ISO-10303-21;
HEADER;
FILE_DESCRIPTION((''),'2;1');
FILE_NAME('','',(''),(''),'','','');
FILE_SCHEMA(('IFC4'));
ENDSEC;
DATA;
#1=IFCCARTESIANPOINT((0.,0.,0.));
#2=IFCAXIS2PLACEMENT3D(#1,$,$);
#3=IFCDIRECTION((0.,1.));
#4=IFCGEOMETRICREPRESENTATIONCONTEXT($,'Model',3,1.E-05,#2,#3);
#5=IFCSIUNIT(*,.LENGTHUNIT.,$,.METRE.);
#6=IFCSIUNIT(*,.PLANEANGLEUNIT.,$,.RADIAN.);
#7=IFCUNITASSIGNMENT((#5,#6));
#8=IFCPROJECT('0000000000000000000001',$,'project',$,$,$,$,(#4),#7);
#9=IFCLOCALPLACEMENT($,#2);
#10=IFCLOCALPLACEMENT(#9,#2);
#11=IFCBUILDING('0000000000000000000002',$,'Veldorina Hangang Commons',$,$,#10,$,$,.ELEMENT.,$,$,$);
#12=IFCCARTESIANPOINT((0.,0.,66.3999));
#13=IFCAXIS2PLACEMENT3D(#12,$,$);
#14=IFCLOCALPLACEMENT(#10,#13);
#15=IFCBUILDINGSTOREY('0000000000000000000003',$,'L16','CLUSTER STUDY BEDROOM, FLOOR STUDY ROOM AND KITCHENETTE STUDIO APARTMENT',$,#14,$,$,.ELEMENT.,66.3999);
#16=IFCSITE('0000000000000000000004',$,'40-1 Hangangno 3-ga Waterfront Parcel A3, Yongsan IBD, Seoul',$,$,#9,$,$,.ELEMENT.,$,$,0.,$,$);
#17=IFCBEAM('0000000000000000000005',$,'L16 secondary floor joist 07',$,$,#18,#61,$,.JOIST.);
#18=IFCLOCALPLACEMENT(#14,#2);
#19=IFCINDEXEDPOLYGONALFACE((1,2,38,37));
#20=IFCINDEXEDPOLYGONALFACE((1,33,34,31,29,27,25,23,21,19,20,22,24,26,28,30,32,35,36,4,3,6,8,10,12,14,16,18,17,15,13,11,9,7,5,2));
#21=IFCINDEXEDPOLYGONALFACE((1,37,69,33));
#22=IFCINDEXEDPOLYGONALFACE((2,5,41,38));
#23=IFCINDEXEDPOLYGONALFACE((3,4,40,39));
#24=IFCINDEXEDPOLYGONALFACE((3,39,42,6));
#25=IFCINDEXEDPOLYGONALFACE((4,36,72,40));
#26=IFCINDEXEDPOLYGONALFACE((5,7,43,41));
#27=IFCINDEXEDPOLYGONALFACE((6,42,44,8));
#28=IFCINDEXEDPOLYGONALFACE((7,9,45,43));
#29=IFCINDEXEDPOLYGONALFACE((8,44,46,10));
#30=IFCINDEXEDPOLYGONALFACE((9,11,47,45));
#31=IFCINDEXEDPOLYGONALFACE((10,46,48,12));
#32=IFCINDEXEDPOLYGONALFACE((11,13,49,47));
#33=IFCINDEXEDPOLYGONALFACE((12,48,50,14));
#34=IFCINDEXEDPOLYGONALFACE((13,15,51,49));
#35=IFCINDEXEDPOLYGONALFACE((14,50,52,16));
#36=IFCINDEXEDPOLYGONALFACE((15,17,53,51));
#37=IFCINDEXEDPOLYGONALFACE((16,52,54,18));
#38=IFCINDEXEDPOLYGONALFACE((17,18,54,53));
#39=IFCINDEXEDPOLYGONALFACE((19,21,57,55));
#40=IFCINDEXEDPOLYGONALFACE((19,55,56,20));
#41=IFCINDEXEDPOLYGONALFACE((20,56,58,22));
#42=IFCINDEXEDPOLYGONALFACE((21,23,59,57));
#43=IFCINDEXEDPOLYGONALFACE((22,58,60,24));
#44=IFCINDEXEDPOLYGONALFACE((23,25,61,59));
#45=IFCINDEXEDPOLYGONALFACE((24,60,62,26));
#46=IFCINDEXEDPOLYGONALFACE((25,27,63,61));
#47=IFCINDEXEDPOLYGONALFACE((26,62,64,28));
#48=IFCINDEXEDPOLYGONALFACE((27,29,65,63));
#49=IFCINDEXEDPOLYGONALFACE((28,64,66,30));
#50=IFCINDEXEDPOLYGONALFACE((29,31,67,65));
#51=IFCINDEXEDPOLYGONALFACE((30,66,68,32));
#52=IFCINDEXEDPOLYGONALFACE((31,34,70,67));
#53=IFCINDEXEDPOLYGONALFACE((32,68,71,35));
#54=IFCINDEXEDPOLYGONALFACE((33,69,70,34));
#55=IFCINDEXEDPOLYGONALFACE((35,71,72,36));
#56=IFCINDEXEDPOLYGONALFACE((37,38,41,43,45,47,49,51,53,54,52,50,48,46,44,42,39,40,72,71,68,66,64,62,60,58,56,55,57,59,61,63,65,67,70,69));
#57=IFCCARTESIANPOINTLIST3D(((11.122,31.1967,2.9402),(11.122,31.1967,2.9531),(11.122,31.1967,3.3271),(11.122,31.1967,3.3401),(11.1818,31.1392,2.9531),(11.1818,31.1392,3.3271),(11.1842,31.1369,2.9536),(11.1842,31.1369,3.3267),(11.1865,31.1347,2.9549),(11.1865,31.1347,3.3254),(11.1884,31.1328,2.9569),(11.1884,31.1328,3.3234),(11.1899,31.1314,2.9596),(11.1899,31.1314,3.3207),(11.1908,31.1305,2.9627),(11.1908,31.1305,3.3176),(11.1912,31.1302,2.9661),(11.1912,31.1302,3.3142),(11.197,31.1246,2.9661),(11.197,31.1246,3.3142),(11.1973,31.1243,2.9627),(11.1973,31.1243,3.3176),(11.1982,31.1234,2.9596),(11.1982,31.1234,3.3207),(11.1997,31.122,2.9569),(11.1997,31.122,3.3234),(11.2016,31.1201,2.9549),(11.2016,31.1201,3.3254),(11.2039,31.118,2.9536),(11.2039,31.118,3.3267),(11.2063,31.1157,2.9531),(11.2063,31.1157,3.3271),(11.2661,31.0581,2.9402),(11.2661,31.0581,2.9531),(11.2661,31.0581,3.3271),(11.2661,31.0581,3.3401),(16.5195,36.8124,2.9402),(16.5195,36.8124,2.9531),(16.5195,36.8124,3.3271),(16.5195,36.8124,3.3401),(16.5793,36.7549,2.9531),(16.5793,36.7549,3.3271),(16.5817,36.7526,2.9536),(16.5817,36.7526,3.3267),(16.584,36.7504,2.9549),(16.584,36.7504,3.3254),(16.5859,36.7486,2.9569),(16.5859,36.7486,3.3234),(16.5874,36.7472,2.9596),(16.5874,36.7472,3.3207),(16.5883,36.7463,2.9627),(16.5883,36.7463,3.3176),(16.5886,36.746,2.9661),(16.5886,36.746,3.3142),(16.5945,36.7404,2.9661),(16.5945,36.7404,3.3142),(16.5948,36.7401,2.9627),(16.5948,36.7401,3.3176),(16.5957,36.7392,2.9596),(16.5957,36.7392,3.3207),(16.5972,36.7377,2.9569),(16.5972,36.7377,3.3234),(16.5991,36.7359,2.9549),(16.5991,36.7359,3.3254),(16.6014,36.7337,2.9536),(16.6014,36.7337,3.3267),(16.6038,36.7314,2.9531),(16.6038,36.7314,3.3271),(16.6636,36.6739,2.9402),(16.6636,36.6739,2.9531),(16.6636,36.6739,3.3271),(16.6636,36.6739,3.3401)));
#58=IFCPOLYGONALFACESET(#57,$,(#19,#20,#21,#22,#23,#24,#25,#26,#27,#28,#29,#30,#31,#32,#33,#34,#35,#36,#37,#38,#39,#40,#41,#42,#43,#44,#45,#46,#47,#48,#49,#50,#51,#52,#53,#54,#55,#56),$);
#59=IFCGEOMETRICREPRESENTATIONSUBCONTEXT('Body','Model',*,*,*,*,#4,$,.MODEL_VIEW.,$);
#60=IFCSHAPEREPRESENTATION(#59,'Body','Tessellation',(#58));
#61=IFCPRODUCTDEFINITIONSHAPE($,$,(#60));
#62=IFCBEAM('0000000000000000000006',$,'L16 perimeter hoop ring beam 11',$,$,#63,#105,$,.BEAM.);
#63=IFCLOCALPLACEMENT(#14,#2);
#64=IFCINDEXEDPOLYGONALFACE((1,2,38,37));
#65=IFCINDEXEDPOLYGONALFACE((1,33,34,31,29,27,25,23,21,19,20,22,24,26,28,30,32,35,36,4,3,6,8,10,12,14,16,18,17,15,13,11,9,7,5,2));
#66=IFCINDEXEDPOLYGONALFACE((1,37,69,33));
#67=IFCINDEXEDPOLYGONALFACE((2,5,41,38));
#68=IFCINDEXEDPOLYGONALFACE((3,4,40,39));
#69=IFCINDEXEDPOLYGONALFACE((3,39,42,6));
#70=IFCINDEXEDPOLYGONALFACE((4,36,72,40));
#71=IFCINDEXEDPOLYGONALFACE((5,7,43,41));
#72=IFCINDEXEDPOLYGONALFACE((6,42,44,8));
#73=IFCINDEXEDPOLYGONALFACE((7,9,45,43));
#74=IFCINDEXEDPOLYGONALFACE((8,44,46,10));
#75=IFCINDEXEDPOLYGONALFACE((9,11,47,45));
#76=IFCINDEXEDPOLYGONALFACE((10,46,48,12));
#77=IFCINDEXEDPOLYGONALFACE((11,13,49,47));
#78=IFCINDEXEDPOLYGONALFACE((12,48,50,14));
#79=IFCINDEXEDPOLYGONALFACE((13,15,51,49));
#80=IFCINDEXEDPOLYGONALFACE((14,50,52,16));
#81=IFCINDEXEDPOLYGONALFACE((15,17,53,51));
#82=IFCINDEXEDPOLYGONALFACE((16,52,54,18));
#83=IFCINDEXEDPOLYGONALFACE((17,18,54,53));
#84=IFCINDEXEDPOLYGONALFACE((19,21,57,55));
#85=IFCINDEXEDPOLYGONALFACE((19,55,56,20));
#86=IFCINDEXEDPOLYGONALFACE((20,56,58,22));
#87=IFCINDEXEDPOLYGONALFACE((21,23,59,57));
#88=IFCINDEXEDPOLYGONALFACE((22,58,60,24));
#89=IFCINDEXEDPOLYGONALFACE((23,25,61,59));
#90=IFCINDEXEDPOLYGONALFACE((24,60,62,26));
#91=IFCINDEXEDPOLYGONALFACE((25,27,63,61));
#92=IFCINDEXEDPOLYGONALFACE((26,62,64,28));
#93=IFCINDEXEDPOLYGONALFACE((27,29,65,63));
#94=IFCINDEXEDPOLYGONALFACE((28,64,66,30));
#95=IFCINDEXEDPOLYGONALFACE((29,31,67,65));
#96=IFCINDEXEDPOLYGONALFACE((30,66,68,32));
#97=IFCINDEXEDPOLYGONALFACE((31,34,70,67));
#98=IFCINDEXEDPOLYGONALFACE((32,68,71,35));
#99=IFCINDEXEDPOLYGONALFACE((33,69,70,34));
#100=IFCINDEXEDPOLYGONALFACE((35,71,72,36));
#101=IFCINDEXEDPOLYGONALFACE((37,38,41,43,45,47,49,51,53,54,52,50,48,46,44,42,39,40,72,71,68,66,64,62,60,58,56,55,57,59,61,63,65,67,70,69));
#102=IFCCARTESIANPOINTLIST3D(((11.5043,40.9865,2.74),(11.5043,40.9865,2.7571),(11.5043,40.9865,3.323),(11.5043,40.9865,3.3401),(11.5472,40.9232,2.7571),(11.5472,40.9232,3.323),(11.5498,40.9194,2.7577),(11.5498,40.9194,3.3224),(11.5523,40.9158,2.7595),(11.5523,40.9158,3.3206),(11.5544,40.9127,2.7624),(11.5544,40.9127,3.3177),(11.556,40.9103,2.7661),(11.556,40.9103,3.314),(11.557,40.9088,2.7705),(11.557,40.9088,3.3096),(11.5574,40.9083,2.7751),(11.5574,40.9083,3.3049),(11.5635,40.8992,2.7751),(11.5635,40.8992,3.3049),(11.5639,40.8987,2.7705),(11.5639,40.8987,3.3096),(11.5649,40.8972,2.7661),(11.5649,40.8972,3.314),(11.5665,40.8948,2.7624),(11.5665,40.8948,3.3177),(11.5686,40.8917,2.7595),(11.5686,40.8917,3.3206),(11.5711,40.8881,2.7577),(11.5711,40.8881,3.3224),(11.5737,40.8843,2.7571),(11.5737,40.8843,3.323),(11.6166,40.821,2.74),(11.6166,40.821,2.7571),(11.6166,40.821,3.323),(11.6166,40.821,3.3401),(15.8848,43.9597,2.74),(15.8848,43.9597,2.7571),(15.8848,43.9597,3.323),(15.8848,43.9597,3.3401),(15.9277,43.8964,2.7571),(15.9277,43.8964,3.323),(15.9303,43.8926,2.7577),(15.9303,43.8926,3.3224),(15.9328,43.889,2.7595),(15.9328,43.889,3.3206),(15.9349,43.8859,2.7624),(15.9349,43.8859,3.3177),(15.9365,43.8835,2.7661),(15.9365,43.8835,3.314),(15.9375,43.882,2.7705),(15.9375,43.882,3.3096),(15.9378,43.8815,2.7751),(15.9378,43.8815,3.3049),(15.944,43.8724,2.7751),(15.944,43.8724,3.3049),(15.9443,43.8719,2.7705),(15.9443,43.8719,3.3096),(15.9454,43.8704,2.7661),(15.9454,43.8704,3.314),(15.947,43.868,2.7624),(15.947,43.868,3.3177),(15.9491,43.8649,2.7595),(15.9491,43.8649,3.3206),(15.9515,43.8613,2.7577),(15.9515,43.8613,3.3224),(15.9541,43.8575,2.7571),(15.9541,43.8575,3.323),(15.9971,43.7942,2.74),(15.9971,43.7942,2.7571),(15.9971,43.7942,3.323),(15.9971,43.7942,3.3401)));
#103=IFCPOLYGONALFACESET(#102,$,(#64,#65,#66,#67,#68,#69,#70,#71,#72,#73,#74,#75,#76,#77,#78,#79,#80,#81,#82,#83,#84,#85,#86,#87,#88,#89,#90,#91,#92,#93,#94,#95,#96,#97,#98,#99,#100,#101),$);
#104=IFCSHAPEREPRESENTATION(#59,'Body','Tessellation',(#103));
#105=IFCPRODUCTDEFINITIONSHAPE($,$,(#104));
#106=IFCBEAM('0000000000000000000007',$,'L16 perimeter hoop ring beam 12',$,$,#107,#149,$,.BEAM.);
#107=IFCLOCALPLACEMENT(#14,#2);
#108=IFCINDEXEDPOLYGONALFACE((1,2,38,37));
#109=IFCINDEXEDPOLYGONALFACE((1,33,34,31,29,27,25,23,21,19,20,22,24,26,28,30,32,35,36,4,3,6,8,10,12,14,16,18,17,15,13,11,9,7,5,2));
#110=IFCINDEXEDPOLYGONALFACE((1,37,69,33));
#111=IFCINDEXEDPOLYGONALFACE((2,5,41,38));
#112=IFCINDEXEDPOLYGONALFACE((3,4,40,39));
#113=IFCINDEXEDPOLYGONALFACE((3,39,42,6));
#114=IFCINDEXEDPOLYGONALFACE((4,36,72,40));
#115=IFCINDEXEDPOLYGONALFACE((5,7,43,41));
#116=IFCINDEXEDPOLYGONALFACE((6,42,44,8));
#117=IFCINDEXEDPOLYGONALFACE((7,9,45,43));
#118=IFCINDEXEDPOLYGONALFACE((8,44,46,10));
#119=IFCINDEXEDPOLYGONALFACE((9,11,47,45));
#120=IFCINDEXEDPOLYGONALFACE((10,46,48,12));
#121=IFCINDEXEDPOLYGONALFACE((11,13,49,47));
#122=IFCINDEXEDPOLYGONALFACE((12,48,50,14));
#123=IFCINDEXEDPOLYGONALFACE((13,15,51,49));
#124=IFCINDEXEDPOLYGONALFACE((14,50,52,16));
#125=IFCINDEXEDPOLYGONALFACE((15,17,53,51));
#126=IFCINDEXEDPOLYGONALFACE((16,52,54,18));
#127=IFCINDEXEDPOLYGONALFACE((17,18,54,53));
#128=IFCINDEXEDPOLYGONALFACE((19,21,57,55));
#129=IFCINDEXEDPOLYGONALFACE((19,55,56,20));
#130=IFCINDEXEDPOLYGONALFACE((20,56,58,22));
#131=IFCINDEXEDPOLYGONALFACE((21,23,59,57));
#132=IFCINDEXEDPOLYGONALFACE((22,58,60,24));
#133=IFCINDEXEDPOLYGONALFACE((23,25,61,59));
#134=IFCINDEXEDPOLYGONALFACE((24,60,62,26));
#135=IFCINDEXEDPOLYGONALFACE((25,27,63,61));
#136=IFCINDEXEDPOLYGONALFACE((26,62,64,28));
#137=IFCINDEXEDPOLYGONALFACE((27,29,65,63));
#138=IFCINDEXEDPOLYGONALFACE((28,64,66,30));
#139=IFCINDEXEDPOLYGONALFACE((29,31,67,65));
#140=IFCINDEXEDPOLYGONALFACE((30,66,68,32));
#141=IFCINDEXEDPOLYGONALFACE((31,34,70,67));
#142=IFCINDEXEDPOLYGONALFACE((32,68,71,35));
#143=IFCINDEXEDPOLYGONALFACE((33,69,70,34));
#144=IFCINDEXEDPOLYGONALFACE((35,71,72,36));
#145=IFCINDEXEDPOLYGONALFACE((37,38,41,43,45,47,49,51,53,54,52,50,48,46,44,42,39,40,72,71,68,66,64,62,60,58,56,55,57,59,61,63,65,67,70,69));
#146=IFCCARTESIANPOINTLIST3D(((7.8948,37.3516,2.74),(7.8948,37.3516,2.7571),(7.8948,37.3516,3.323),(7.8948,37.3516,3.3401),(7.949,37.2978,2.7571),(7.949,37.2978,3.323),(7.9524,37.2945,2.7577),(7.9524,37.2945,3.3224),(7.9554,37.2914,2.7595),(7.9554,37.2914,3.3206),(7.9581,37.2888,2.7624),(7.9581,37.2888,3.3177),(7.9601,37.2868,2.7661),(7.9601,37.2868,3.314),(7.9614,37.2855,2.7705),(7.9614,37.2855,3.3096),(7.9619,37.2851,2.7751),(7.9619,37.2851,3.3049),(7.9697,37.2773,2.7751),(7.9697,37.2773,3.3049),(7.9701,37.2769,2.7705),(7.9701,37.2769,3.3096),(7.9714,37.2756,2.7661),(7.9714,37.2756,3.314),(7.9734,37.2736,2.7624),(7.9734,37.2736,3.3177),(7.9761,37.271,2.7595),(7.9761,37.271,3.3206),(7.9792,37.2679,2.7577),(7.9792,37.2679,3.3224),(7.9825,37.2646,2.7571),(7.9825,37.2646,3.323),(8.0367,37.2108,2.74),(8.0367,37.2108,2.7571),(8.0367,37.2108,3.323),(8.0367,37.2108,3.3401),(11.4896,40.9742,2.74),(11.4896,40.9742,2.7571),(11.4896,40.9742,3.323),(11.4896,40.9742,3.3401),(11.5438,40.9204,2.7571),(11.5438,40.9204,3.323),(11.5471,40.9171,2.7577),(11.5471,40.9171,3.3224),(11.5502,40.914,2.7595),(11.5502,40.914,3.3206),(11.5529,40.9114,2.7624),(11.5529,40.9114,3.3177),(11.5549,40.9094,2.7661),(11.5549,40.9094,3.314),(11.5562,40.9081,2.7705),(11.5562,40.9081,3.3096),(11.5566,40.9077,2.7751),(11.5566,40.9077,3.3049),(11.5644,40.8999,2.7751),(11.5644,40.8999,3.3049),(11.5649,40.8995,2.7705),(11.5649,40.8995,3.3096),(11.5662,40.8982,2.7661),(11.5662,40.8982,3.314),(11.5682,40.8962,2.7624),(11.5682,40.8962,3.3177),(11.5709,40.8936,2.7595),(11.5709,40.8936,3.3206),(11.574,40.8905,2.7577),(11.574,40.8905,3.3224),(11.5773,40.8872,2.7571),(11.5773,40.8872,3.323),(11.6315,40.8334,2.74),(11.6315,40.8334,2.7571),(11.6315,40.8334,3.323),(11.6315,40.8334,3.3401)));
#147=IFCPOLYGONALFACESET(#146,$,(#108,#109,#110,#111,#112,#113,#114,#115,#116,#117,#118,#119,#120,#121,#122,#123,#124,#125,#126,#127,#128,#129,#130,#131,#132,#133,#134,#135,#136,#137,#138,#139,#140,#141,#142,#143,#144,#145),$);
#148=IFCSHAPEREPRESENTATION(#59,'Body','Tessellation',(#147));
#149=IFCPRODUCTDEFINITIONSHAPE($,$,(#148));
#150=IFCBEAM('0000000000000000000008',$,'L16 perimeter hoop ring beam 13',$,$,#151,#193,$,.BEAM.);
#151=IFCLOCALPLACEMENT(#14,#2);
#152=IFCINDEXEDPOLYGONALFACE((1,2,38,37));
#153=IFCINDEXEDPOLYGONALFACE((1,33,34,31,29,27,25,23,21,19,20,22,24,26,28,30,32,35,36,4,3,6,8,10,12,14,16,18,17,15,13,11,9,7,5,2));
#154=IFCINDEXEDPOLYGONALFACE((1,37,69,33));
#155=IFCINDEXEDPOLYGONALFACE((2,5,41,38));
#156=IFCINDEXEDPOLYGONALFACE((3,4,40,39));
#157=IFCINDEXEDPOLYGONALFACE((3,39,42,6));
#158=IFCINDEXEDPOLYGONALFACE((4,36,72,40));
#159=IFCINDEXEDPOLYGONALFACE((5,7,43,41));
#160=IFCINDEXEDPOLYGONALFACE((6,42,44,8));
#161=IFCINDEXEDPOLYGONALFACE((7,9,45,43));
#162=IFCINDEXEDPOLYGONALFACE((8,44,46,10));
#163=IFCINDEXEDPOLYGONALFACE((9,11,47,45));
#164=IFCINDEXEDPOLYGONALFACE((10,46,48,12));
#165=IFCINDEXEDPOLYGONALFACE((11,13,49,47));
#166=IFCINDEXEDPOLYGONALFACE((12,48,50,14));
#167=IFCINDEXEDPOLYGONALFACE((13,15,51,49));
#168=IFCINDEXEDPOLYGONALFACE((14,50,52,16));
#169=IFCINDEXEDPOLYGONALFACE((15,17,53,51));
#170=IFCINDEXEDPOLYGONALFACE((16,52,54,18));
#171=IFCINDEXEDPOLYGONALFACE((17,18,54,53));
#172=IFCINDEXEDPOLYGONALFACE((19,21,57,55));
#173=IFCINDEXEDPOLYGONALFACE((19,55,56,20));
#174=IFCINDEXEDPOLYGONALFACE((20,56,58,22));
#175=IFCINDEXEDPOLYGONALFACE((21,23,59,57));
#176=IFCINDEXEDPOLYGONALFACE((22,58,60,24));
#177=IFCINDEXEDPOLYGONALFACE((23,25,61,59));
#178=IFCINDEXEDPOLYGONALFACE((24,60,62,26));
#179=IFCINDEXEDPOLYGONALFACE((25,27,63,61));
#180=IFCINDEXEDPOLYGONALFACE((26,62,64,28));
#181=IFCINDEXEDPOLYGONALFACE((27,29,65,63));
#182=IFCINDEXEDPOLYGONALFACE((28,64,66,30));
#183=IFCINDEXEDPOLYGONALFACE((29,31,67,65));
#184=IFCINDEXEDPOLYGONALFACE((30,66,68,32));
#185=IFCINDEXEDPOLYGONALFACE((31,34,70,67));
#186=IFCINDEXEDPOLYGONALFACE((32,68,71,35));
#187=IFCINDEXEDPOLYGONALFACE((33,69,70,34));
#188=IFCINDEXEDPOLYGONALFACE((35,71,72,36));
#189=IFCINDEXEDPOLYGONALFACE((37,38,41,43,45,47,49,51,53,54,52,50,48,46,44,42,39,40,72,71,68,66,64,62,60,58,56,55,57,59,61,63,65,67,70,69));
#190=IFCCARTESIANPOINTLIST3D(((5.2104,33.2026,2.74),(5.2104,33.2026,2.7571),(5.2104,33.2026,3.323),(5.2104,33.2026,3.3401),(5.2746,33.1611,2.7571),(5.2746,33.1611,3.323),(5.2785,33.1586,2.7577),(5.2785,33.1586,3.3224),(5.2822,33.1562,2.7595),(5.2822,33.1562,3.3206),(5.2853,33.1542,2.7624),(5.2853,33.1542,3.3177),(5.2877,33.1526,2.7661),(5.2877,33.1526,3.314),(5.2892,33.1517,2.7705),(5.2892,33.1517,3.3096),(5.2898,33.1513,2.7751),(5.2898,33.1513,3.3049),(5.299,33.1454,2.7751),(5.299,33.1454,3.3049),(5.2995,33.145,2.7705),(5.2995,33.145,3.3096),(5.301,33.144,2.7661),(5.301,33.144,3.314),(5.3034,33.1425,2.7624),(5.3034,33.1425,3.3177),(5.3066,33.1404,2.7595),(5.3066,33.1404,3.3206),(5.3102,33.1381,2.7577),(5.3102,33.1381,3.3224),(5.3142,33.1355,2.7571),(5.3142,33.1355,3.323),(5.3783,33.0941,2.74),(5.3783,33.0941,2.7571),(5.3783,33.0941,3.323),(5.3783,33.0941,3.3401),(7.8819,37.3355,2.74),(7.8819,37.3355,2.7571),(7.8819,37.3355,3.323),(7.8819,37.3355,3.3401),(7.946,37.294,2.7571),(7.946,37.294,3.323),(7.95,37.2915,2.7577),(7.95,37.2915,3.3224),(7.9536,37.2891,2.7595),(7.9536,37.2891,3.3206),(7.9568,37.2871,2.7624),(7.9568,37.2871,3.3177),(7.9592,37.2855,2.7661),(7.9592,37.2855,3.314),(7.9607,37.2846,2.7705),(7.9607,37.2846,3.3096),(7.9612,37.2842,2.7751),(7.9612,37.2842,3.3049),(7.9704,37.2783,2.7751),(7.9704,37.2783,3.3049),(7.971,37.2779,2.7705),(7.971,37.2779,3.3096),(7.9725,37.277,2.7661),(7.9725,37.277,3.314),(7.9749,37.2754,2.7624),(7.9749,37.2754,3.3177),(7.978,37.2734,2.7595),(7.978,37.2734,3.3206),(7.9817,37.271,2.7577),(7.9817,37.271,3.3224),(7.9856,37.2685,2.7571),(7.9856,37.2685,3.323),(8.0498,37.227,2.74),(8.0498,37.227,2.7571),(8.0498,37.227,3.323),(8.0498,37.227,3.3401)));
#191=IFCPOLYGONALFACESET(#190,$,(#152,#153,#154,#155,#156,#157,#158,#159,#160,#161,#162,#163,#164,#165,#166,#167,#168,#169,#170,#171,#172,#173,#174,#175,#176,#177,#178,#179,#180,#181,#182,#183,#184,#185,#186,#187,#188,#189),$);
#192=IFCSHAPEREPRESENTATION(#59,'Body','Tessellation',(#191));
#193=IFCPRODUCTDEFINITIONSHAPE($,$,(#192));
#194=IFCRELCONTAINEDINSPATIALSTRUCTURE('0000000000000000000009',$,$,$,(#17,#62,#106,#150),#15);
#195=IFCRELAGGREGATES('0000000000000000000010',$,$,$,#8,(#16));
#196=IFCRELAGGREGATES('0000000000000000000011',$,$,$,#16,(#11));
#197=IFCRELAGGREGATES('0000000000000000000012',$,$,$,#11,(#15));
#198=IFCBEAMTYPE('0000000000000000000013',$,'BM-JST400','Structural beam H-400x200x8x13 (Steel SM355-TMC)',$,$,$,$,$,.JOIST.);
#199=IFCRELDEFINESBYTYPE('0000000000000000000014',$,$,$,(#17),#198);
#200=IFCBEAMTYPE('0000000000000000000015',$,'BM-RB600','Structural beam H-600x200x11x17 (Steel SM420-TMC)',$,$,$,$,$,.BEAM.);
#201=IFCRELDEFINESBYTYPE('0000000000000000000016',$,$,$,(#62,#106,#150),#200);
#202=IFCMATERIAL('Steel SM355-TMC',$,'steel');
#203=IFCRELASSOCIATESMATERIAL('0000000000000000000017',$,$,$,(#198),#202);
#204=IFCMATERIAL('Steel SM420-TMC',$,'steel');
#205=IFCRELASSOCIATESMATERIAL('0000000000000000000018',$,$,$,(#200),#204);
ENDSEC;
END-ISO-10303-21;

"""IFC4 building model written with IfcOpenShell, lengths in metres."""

from ifc_helpers import new_model, si_unit, direction, frame, origin, origin_2d, place, context, subcontext, project, spatial, i_section, extrude, material, material_profile, profile_set, type_object, element, save


model = new_model("IFC4")

# Units and contexts
model_context = context("Model", 3, precision=1e-05, world=origin(), true_north=direction((0.0, 1.0)))
body_context = subcontext(model_context, "Body", "Model", "MODEL_VIEW")
ifc_project = project(units=[si_unit("LENGTHUNIT", "METRE"), si_unit("PLANEANGLEUNIT", "RADIAN")], contexts=[model_context])

# Site, building, storey
site_placement = place(None, origin())
site = spatial("IfcSite", under=ifc_project, at=site_placement, Name="40-1 Hangangno 3-ga Waterfront Parcel A3, Yongsan IBD, Seoul", CompositionType="ELEMENT", RefElevation=0.0)
building_placement = place(site_placement, origin())
building = spatial("IfcBuilding", under=site, at=building_placement, Name="Veldorina Hangang Commons", CompositionType="ELEMENT")
storey_placement = place(building_placement, frame((0.0, 0.0, 66.3999)))
storey = spatial("IfcBuildingStorey", under=building, at=storey_placement, Name="L16", Description="CLUSTER STUDY BEDROOM, FLOOR STUDY ROOM AND KITCHENETTE STUDIO APARTMENT", CompositionType="ELEMENT", Elevation=66.3999)

# Beams
ifc_material_1 = material(Name="Steel SM355-TMC", Category="steel")
ifc_material_profile_1 = material_profile(ifc_material_1, i_section(OverallWidth=0.2, OverallDepth=0.3999, WebThickness=0.0081, FlangeThickness=0.0129, FilletRadius=0.0129, at=origin_2d()), Name="H-400x200x8x13")
ifc_profile_set_1 = profile_set([ifc_material_profile_1], Name="Steel SM355-TMC")
beam_type_1 = type_object("IfcBeamType", Name="BM-JST400", Description="Structural beam H-400x200x8x13 (Steel SM355-TMC)", PredefinedType="JOIST", material=ifc_profile_set_1)
beam_1_placement = place(storey_placement, frame((16.5916, 36.7432, 3.1401), z_axis=(-0.692957, -0.720979, 0.0), x_axis=(0.720979, -0.692957, 0.0)))
element("IfcBeam", 1, at=beam_1_placement, inside=storey, type_object=beam_type_1, Name="L16 secondary floor joist 07", PredefinedType="JOIST", context=body_context, shape_type="SweptSolid", body=[
    extrude(i_section(OverallWidth=0.2, OverallDepth=0.3999, WebThickness=0.0081, FlangeThickness=0.0129, FilletRadius=0.0129, at=origin_2d()), origin(), (0.0, 0.0, 1.0), 7.7891),
])
ifc_material_2 = material(Name="Steel SM420-TMC", Category="steel")
ifc_material_profile_2 = material_profile(ifc_material_2, i_section(OverallWidth=0.2, OverallDepth=0.6001, WebThickness=0.011, FlangeThickness=0.0171, FilletRadius=0.0181, at=origin_2d()), Name="H-600x200x11x17")
ifc_profile_set_2 = profile_set([ifc_material_profile_2], Name="Steel SM420-TMC")
beam_type_2 = type_object("IfcBeamType", Name="BM-RB600", Description="Structural beam H-600x200x11x17 (Steel SM420-TMC)", PredefinedType="BEAM", material=ifc_profile_set_2)
beam_2_placement = place(storey_placement, frame((15.9409, 43.877, 3.04), z_axis=(-0.82741, -0.561598, 0.0), x_axis=(0.561598, -0.82741, 0.0)))
element("IfcBeam", 2, at=beam_2_placement, inside=storey, type_object=beam_type_2, Name="L16 perimeter hoop ring beam 11", PredefinedType="BEAM", context=body_context, shape_type="SweptSolid", body=[
    extrude(i_section(OverallWidth=0.2, OverallDepth=0.6001, WebThickness=0.011, FlangeThickness=0.0171, FilletRadius=0.0181, at=origin_2d()), origin(), (0.0, 0.0, 1.0), 5.2942),
])
beam_3_placement = place(storey_placement, frame((11.5605, 40.9038, 3.04), z_axis=(-0.704375, -0.709828, 0.0), x_axis=(0.709828, -0.704375, 0.0)))
element("IfcBeam", 3, at=beam_3_placement, inside=storey, type_object=beam_type_2, Name="L16 perimeter hoop ring beam 12", PredefinedType="BEAM", context=body_context, shape_type="SweptSolid", body=[
    extrude(i_section(OverallWidth=0.2, OverallDepth=0.6001, WebThickness=0.011, FlangeThickness=0.0171, FilletRadius=0.0181, at=origin_2d()), origin(), (0.0, 0.0, 1.0), 5.1035),
])
beam_4_placement = place(storey_placement, frame((7.9658, 37.2812, 3.04), z_axis=(-0.542852, -0.839828, 0.0), x_axis=(0.839828, -0.542852, 0.0)))
element("IfcBeam", 4, at=beam_4_placement, inside=storey, type_object=beam_type_2, Name="L16 perimeter hoop ring beam 13", PredefinedType="BEAM", context=body_context, shape_type="SweptSolid", body=[
    extrude(i_section(OverallWidth=0.2, OverallDepth=0.6001, WebThickness=0.011, FlangeThickness=0.0171, FilletRadius=0.0181, at=origin_2d()), origin(), (0.0, 0.0, 1.0), 4.9211),
])

save(model, "model.ifc")
